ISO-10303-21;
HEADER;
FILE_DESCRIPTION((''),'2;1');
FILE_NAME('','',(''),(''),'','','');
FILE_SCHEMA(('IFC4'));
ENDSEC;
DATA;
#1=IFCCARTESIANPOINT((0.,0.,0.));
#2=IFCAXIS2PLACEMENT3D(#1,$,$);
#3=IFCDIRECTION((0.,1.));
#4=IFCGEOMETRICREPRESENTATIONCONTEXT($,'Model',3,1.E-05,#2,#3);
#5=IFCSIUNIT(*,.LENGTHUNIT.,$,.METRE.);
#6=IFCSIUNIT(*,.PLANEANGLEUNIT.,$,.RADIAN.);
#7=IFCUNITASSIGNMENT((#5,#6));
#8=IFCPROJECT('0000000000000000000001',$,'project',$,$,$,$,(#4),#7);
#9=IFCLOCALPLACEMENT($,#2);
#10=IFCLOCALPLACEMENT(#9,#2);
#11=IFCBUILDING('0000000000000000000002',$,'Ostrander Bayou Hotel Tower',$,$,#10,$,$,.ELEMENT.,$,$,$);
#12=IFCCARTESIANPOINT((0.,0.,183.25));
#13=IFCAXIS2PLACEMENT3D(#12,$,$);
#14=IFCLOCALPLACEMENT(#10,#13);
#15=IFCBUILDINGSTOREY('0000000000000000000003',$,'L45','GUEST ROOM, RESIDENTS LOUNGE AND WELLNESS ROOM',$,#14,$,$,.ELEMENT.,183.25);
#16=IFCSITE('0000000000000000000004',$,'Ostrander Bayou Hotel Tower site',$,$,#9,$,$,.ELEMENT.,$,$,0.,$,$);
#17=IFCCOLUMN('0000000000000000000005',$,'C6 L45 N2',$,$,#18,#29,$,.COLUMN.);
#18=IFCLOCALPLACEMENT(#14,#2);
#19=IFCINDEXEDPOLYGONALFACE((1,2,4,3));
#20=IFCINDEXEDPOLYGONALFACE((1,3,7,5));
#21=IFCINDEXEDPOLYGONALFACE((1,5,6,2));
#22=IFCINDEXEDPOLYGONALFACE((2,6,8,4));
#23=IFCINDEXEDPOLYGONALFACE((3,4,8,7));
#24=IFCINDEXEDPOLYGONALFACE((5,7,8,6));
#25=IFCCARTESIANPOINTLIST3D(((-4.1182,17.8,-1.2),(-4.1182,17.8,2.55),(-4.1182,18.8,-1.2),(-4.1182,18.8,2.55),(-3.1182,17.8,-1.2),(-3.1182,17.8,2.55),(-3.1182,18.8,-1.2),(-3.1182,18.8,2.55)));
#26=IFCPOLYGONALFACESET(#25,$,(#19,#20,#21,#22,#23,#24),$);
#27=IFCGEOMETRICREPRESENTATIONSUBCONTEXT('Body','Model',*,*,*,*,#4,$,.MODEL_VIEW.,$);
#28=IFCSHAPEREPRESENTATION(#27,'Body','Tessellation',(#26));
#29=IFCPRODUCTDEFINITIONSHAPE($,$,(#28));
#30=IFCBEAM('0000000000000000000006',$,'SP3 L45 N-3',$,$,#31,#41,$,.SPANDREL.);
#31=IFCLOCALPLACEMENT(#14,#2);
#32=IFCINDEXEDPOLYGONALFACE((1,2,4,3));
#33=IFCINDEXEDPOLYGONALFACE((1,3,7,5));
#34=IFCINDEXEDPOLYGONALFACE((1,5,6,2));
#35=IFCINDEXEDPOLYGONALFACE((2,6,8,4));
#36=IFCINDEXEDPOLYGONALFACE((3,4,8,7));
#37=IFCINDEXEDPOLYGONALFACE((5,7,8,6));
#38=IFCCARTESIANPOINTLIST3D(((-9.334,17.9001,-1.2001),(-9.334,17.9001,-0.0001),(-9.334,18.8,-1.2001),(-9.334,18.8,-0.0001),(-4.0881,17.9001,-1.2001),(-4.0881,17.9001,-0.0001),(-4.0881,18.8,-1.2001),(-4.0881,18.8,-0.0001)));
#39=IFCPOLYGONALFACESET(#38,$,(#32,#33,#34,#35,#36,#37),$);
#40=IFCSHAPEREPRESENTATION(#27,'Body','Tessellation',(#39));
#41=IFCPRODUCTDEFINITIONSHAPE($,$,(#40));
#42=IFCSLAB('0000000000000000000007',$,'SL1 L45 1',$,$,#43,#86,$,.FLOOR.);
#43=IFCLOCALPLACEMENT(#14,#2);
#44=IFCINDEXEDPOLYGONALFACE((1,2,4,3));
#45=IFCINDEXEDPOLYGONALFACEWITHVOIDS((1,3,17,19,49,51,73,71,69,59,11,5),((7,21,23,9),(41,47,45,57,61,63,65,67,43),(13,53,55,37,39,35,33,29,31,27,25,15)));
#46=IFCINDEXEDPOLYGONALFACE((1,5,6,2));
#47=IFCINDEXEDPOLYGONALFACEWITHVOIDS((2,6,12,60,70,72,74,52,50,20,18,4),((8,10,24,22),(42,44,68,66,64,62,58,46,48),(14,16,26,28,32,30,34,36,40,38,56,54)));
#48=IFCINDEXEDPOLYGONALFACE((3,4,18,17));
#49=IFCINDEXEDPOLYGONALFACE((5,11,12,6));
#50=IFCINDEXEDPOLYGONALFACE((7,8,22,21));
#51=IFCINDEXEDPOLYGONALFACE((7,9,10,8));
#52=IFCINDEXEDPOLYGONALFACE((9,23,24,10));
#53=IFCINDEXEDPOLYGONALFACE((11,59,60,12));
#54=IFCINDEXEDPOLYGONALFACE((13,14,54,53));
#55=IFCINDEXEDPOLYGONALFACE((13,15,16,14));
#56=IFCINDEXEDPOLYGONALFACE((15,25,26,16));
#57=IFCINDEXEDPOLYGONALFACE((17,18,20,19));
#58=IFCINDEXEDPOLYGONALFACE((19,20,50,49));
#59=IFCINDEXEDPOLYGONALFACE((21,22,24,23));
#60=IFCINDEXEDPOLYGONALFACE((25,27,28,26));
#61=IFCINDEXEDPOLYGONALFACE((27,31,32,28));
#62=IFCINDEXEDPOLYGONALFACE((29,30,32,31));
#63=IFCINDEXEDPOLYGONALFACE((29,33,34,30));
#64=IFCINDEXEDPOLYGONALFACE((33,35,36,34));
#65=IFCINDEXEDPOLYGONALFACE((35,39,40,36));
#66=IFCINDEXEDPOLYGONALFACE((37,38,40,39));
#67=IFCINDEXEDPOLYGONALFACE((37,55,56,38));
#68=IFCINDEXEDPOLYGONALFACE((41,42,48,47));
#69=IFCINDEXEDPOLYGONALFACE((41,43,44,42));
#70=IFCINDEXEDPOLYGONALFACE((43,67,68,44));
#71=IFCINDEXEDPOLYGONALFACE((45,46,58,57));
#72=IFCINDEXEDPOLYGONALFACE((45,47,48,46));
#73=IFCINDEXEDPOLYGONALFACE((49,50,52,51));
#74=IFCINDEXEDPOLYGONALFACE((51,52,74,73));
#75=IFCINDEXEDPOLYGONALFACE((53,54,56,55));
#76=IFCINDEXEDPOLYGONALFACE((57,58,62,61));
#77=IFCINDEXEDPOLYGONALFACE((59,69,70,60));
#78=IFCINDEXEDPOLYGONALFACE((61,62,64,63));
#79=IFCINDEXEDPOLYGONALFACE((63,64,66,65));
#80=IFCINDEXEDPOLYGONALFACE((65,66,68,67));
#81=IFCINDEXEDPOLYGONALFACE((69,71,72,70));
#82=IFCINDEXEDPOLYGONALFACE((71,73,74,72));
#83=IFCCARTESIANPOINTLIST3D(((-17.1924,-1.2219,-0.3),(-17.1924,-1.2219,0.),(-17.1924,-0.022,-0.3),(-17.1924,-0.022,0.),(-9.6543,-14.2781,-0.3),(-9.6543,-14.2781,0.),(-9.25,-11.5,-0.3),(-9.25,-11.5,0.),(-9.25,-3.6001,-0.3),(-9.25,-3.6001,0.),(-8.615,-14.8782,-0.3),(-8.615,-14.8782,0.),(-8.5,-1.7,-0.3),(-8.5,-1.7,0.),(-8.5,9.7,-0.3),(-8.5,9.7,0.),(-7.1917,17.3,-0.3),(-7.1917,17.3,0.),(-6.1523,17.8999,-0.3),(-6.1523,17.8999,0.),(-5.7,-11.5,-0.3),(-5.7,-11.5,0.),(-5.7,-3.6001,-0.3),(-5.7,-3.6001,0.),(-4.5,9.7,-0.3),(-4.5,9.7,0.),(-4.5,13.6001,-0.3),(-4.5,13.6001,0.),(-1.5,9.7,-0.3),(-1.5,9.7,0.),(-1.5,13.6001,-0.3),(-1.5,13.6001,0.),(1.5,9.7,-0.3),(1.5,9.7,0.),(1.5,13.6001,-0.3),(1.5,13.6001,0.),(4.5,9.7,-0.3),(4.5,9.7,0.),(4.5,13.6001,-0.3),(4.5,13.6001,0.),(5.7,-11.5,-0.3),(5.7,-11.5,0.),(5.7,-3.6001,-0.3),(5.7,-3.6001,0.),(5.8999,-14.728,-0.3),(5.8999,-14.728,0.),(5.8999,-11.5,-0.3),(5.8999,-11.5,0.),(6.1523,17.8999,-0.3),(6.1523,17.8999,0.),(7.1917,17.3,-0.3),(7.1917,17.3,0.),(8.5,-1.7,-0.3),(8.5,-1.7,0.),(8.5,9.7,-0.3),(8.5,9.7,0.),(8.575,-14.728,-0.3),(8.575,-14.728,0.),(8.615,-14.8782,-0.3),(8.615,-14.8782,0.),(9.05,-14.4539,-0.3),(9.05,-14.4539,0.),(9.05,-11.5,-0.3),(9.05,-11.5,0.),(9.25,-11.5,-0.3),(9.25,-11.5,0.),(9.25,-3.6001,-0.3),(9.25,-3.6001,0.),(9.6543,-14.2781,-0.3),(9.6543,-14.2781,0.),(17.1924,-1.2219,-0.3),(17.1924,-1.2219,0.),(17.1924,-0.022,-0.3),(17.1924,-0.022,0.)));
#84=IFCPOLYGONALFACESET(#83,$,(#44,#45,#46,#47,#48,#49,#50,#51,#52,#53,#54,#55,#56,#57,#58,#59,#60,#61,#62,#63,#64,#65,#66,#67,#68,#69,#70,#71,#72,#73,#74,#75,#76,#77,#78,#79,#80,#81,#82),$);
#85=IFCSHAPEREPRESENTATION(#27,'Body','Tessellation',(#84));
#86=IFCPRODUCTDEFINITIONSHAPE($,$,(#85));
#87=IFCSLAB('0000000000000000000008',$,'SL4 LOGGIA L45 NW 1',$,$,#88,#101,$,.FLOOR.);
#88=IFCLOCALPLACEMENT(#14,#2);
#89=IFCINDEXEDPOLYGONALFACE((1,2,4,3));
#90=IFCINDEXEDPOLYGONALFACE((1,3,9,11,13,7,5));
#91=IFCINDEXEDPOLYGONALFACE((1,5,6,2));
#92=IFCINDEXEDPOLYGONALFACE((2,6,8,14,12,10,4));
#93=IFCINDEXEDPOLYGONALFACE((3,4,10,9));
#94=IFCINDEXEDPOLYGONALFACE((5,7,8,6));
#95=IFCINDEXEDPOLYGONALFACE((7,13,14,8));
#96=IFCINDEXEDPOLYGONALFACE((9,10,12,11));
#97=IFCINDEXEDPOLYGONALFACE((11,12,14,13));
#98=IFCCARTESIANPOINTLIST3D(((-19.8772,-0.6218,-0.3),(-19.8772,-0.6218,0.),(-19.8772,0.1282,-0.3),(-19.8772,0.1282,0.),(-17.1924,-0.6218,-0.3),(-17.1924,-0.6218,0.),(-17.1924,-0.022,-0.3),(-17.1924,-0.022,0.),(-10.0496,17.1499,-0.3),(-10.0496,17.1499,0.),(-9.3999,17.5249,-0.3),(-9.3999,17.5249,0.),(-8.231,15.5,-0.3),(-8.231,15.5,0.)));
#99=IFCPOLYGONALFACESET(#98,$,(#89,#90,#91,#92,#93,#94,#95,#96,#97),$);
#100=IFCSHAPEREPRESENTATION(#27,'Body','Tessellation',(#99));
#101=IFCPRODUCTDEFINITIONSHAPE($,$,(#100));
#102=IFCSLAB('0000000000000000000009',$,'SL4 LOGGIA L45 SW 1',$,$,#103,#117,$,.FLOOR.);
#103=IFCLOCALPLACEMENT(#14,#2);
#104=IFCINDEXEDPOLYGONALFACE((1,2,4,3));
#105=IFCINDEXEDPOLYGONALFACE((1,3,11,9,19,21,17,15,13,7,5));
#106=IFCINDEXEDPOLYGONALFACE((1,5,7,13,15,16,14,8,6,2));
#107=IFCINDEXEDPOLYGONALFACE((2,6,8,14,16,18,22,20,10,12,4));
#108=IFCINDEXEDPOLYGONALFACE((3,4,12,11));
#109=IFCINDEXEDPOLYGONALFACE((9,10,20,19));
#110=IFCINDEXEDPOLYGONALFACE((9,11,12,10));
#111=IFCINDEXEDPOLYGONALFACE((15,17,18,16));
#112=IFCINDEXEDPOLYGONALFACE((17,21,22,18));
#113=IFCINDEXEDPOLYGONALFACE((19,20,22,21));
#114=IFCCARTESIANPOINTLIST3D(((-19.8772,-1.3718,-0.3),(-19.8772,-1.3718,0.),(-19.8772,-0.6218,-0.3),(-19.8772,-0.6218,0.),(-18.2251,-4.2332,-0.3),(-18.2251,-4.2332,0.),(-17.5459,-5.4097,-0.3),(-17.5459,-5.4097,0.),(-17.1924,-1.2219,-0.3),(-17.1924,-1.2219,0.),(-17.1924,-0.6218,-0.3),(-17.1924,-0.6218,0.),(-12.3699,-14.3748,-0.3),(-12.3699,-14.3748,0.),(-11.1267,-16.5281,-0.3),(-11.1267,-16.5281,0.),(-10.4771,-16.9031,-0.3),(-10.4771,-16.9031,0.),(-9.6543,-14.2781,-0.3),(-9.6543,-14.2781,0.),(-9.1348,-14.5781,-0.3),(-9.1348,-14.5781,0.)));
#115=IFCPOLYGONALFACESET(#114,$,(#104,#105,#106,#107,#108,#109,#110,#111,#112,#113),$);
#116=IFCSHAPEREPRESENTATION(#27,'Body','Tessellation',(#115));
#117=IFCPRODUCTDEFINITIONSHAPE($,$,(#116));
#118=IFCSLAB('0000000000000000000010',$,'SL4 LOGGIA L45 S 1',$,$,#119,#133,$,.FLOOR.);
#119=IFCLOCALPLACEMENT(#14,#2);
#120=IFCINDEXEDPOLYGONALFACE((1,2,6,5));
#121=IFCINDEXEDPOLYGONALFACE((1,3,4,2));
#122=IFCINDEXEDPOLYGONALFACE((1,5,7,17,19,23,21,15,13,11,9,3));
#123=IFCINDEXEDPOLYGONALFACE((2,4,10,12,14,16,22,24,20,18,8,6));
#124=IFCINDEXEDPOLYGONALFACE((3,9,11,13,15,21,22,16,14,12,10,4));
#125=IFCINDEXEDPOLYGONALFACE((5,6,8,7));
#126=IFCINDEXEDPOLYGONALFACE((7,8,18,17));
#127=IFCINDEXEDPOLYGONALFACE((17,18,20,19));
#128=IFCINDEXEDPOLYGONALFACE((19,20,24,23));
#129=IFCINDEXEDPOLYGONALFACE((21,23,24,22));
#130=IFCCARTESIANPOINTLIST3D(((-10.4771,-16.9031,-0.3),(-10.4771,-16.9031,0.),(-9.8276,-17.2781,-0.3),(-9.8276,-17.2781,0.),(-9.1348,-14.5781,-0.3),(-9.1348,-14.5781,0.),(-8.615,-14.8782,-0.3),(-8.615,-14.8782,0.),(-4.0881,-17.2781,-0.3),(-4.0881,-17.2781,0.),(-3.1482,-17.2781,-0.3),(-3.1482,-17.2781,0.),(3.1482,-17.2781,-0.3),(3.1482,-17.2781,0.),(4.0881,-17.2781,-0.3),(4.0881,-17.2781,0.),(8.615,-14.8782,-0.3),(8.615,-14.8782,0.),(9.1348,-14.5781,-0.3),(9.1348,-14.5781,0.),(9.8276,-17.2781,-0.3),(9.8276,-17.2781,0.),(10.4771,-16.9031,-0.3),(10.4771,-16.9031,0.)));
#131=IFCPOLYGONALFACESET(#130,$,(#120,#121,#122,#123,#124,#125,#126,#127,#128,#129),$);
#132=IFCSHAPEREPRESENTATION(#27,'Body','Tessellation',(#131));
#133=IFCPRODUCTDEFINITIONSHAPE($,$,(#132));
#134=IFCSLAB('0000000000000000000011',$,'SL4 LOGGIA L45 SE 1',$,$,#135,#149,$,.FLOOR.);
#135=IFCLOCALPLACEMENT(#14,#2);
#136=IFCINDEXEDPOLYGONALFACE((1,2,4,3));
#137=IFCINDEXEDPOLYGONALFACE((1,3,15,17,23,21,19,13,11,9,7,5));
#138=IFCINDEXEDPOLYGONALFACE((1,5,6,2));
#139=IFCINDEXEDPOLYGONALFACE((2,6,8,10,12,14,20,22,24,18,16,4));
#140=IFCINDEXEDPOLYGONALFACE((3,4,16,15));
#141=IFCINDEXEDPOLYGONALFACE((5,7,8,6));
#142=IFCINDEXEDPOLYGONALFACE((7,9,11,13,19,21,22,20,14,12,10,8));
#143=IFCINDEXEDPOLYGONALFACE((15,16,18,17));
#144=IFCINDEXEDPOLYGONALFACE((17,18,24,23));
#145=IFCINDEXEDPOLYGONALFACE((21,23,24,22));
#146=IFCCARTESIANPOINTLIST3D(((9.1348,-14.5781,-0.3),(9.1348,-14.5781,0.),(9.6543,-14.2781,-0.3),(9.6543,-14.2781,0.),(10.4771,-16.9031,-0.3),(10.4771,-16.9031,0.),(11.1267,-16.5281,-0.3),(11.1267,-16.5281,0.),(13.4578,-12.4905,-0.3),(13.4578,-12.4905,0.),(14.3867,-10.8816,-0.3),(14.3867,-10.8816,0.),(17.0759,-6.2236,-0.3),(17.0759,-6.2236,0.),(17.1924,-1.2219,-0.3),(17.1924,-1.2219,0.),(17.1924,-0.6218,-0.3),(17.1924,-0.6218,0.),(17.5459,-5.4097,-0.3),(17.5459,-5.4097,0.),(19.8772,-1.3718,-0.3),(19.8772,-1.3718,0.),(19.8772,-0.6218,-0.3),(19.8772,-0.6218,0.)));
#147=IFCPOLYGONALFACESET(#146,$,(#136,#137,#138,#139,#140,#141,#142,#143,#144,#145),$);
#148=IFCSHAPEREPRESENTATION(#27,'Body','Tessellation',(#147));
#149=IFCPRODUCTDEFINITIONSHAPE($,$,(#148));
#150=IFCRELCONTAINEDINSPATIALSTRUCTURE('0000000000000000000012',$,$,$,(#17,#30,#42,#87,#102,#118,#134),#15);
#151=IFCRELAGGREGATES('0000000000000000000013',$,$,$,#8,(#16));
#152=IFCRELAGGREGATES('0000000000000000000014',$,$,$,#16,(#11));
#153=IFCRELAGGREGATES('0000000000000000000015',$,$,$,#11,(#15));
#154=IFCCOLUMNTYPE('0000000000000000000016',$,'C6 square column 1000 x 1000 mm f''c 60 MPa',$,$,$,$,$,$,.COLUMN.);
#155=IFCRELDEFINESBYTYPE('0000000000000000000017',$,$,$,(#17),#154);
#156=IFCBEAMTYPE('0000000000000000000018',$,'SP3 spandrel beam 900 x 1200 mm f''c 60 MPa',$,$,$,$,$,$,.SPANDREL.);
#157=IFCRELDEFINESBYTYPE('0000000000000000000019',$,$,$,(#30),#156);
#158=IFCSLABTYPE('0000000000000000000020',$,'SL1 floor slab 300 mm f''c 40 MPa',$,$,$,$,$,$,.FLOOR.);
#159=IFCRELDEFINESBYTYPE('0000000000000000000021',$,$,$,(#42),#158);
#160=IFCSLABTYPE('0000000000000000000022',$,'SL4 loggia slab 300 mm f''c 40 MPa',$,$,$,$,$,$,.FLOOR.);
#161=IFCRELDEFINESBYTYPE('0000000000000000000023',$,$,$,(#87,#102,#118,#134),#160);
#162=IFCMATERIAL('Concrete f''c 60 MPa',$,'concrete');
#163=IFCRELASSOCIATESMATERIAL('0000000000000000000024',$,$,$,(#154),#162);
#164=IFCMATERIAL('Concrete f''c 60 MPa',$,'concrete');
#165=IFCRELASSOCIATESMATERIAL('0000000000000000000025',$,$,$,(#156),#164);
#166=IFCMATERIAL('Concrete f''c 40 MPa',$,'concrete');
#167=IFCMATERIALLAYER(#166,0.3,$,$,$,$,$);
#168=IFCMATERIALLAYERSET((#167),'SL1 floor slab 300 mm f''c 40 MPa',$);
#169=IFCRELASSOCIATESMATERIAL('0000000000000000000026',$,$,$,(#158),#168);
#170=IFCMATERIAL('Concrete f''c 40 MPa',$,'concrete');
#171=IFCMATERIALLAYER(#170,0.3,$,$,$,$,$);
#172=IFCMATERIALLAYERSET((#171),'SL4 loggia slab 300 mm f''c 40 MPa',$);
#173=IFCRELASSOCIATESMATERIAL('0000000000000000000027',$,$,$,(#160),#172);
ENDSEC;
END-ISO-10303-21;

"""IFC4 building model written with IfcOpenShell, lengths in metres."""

from ifc_helpers import new_model, si_unit, direction, frame, origin, origin_2d, place, context, subcontext, project, spatial, polyline, rectangle, outline, extrude, material, layer, layer_set, material_profile, profile_set, type_object, element, save


model = new_model("IFC4")

# Units and contexts
model_context = context("Model", 3, precision=1e-05, world=origin(), true_north=direction((0.0, 1.0)))
body_context = subcontext(model_context, "Body", "Model", "MODEL_VIEW")
ifc_project = project(units=[si_unit("LENGTHUNIT", "METRE"), si_unit("PLANEANGLEUNIT", "RADIAN")], contexts=[model_context])

# Site, building, storey
site_placement = place(None, origin())
site = spatial("IfcSite", under=ifc_project, at=site_placement, Name="Ostrander Bayou Hotel Tower site", CompositionType="ELEMENT", RefElevation=0.0)
building_placement = place(site_placement, origin())
building = spatial("IfcBuilding", under=site, at=building_placement, Name="Ostrander Bayou Hotel Tower", CompositionType="ELEMENT")
storey_placement = place(building_placement, frame((0.0, 0.0, 183.25)))
storey = spatial("IfcBuildingStorey", under=building, at=storey_placement, Name="L45", Description="GUEST ROOM, RESIDENTS LOUNGE AND WELLNESS ROOM", CompositionType="ELEMENT", Elevation=183.25)

# Column
ifc_material_1 = material(Name="Concrete f'c 60 MPa", Category="concrete")
ifc_material_profile_1 = material_profile(ifc_material_1, rectangle(XDim=1.0, YDim=1.0, at=origin_2d()))
ifc_profile_set_1 = profile_set([ifc_material_profile_1], Name="Concrete f'c 60 MPa")
column_type = type_object("IfcColumnType", Name="C6 square column 1000 x 1000 mm f'c 60 MPa", PredefinedType="COLUMN", material=ifc_profile_set_1)
column_placement = place(storey_placement, frame((-3.6182, 18.3, -1.2), z_axis=(0.0, 0.0, 1.0), x_axis=(1.0, 0.0, 0.0)))
element("IfcColumn", 1, at=column_placement, inside=storey, type_object=column_type, Name="C6 L45 N2", PredefinedType="COLUMN", context=body_context, shape_type="SweptSolid", body=[
    extrude(rectangle(XDim=1.0, YDim=1.0, at=origin_2d()), origin(), (0.0, 0.0, 1.0), 3.75),
])

# Beam
ifc_material_2 = material(Name="Concrete f'c 60 MPa", Category="concrete")
ifc_material_profile_2 = material_profile(ifc_material_2, rectangle(XDim=0.8999, YDim=1.2, at=origin_2d()))
ifc_profile_set_2 = profile_set([ifc_material_profile_2], Name="Concrete f'c 60 MPa")
beam_type = type_object("IfcBeamType", Name="SP3 spandrel beam 900 x 1200 mm f'c 60 MPa", PredefinedType="SPANDREL", material=ifc_profile_set_2)
beam_placement = place(storey_placement, frame((-4.0881, 18.3501, -0.6001), z_axis=(-1.0, 0.0, 0.0), x_axis=(0.0, -1.0, 0.0)))
element("IfcBeam", 2, at=beam_placement, inside=storey, type_object=beam_type, Name="SP3 L45 N-3", PredefinedType="SPANDREL", context=body_context, shape_type="SweptSolid", body=[
    extrude(rectangle(XDim=0.8999, YDim=1.2, at=origin_2d()), origin(), (0.0, 0.0, 1.0), 5.2458),
])

# Slabs
ifc_material_3 = material(Name="Concrete f'c 40 MPa", Category="concrete")
ifc_layer_1 = layer(ifc_material_3, 0.3)
ifc_layer_set_1 = layer_set([ifc_layer_1], Name="SL1 floor slab 300 mm f'c 40 MPa")
slab_type_1 = type_object("IfcSlabType", Name="SL1 floor slab 300 mm f'c 40 MPa", PredefinedType="FLOOR", material=ifc_layer_set_1)
slab_1_placement = place(storey_placement, frame((0.0, 0.0, -0.3)))
element("IfcSlab", 3, at=slab_1_placement, inside=storey, type_object=slab_type_1, Name="SL1 L45 1", PredefinedType="FLOOR", context=body_context, shape_type="SweptSolid", body=[
    extrude(outline(polyline([(7.1917, 17.3), (17.1924, -0.022), (17.1924, -1.2219), (9.6543, -14.2781), (8.615, -14.8782), (-8.615, -14.8782), (-9.6543, -14.2781), (-17.1924, -1.2219), (-17.1924, -0.022), (-7.1917, 17.3), (-6.1523, 17.8999), (6.1523, 17.8999), (7.1917, 17.3)]), holes=[polyline([(9.05, -11.5), (9.25, -11.5), (9.25, -3.6001), (5.7, -3.6001), (5.7, -11.5), (5.8999, -11.5), (5.8999, -14.728), (8.575, -14.728), (9.05, -14.4539), (9.05, -11.5)]), polyline([(-8.5, -1.7), (8.5, -1.7), (8.5, 9.7), (4.5, 9.7), (4.5, 13.6001), (1.5, 13.6001), (1.5, 9.7), (-1.5, 9.7), (-1.5, 13.6001), (-4.5, 13.6001), (-4.5, 9.7), (-8.5, 9.7), (-8.5, -1.7)]), polyline([(-5.7, -3.6001), (-9.25, -3.6001), (-9.25, -11.5), (-5.7, -11.5), (-5.7, -3.6001)])]), origin(), (0.0, 0.0, 1.0), 0.3),
])
ifc_material_4 = material(Name="Concrete f'c 40 MPa", Category="concrete")
ifc_layer_2 = layer(ifc_material_4, 0.3)
ifc_layer_set_2 = layer_set([ifc_layer_2], Name="SL4 loggia slab 300 mm f'c 40 MPa")
slab_type_2 = type_object("IfcSlabType", Name="SL4 loggia slab 300 mm f'c 40 MPa", PredefinedType="FLOOR", material=ifc_layer_set_2)
slab_2_placement = place(storey_placement, frame((0.0, 0.0, -0.3)))
element("IfcSlab", 4, at=slab_2_placement, inside=storey, type_object=slab_type_2, Name="SL4 LOGGIA L45 NW 1", PredefinedType="FLOOR", context=body_context, shape_type="SweptSolid", body=[
    extrude(outline(polyline([(-19.8772, -0.6218), (-19.8772, 0.1282), (-10.0496, 17.1499), (-9.3999, 17.5249), (-8.231, 15.5), (-17.1924, -0.022), (-17.1924, -0.6218), (-19.8772, -0.6218)])), origin(), (0.0, 0.0, 1.0), 0.3),
])
slab_3_placement = place(storey_placement, frame((0.0, 0.0, -0.3)))
element("IfcSlab", 5, at=slab_3_placement, inside=storey, type_object=slab_type_2, Name="SL4 LOGGIA L45 SW 1", PredefinedType="FLOOR", context=body_context, shape_type="SweptSolid", body=[
    extrude(outline(polyline([(-9.1348, -14.5781), (-10.4771, -16.9031), (-11.1267, -16.5281), (-12.3699, -14.3748), (-17.5459, -5.4097), (-18.2251, -4.2332), (-19.8772, -1.3718), (-19.8772, -0.6218), (-17.1924, -0.6218), (-17.1924, -1.2219), (-9.6543, -14.2781), (-9.1348, -14.5781)])), origin(), (0.0, 0.0, 1.0), 0.3),
])
slab_4_placement = place(storey_placement, frame((0.0, 0.0, -0.3)))
element("IfcSlab", 6, at=slab_4_placement, inside=storey, type_object=slab_type_2, Name="SL4 LOGGIA L45 S 1", PredefinedType="FLOOR", context=body_context, shape_type="SweptSolid", body=[
    extrude(outline(polyline([(9.1348, -14.5781), (10.4771, -16.9031), (9.8276, -17.2781), (4.0881, -17.2781), (3.1482, -17.2781), (-3.1482, -17.2781), (-4.0881, -17.2781), (-9.8276, -17.2781), (-10.4771, -16.9031), (-9.1348, -14.5781), (-8.615, -14.8782), (8.615, -14.8782), (9.1348, -14.5781)])), origin(), (0.0, 0.0, 1.0), 0.3),
])
slab_5_placement = place(storey_placement, frame((0.0, 0.0, -0.3)))
element("IfcSlab", 7, at=slab_5_placement, inside=storey, type_object=slab_type_2, Name="SL4 LOGGIA L45 SE 1", PredefinedType="FLOOR", context=body_context, shape_type="SweptSolid", body=[
    extrude(outline(polyline([(17.1924, -0.6218), (19.8772, -0.6218), (19.8772, -1.3718), (17.5459, -5.4097), (17.0759, -6.2236), (14.3867, -10.8816), (13.4578, -12.4905), (11.1267, -16.5281), (10.4771, -16.9031), (9.1348, -14.5781), (9.6543, -14.2781), (17.1924, -1.2219), (17.1924, -0.6218)])), origin(), (0.0, 0.0, 1.0), 0.3),
])

save(model, "model.ifc")
